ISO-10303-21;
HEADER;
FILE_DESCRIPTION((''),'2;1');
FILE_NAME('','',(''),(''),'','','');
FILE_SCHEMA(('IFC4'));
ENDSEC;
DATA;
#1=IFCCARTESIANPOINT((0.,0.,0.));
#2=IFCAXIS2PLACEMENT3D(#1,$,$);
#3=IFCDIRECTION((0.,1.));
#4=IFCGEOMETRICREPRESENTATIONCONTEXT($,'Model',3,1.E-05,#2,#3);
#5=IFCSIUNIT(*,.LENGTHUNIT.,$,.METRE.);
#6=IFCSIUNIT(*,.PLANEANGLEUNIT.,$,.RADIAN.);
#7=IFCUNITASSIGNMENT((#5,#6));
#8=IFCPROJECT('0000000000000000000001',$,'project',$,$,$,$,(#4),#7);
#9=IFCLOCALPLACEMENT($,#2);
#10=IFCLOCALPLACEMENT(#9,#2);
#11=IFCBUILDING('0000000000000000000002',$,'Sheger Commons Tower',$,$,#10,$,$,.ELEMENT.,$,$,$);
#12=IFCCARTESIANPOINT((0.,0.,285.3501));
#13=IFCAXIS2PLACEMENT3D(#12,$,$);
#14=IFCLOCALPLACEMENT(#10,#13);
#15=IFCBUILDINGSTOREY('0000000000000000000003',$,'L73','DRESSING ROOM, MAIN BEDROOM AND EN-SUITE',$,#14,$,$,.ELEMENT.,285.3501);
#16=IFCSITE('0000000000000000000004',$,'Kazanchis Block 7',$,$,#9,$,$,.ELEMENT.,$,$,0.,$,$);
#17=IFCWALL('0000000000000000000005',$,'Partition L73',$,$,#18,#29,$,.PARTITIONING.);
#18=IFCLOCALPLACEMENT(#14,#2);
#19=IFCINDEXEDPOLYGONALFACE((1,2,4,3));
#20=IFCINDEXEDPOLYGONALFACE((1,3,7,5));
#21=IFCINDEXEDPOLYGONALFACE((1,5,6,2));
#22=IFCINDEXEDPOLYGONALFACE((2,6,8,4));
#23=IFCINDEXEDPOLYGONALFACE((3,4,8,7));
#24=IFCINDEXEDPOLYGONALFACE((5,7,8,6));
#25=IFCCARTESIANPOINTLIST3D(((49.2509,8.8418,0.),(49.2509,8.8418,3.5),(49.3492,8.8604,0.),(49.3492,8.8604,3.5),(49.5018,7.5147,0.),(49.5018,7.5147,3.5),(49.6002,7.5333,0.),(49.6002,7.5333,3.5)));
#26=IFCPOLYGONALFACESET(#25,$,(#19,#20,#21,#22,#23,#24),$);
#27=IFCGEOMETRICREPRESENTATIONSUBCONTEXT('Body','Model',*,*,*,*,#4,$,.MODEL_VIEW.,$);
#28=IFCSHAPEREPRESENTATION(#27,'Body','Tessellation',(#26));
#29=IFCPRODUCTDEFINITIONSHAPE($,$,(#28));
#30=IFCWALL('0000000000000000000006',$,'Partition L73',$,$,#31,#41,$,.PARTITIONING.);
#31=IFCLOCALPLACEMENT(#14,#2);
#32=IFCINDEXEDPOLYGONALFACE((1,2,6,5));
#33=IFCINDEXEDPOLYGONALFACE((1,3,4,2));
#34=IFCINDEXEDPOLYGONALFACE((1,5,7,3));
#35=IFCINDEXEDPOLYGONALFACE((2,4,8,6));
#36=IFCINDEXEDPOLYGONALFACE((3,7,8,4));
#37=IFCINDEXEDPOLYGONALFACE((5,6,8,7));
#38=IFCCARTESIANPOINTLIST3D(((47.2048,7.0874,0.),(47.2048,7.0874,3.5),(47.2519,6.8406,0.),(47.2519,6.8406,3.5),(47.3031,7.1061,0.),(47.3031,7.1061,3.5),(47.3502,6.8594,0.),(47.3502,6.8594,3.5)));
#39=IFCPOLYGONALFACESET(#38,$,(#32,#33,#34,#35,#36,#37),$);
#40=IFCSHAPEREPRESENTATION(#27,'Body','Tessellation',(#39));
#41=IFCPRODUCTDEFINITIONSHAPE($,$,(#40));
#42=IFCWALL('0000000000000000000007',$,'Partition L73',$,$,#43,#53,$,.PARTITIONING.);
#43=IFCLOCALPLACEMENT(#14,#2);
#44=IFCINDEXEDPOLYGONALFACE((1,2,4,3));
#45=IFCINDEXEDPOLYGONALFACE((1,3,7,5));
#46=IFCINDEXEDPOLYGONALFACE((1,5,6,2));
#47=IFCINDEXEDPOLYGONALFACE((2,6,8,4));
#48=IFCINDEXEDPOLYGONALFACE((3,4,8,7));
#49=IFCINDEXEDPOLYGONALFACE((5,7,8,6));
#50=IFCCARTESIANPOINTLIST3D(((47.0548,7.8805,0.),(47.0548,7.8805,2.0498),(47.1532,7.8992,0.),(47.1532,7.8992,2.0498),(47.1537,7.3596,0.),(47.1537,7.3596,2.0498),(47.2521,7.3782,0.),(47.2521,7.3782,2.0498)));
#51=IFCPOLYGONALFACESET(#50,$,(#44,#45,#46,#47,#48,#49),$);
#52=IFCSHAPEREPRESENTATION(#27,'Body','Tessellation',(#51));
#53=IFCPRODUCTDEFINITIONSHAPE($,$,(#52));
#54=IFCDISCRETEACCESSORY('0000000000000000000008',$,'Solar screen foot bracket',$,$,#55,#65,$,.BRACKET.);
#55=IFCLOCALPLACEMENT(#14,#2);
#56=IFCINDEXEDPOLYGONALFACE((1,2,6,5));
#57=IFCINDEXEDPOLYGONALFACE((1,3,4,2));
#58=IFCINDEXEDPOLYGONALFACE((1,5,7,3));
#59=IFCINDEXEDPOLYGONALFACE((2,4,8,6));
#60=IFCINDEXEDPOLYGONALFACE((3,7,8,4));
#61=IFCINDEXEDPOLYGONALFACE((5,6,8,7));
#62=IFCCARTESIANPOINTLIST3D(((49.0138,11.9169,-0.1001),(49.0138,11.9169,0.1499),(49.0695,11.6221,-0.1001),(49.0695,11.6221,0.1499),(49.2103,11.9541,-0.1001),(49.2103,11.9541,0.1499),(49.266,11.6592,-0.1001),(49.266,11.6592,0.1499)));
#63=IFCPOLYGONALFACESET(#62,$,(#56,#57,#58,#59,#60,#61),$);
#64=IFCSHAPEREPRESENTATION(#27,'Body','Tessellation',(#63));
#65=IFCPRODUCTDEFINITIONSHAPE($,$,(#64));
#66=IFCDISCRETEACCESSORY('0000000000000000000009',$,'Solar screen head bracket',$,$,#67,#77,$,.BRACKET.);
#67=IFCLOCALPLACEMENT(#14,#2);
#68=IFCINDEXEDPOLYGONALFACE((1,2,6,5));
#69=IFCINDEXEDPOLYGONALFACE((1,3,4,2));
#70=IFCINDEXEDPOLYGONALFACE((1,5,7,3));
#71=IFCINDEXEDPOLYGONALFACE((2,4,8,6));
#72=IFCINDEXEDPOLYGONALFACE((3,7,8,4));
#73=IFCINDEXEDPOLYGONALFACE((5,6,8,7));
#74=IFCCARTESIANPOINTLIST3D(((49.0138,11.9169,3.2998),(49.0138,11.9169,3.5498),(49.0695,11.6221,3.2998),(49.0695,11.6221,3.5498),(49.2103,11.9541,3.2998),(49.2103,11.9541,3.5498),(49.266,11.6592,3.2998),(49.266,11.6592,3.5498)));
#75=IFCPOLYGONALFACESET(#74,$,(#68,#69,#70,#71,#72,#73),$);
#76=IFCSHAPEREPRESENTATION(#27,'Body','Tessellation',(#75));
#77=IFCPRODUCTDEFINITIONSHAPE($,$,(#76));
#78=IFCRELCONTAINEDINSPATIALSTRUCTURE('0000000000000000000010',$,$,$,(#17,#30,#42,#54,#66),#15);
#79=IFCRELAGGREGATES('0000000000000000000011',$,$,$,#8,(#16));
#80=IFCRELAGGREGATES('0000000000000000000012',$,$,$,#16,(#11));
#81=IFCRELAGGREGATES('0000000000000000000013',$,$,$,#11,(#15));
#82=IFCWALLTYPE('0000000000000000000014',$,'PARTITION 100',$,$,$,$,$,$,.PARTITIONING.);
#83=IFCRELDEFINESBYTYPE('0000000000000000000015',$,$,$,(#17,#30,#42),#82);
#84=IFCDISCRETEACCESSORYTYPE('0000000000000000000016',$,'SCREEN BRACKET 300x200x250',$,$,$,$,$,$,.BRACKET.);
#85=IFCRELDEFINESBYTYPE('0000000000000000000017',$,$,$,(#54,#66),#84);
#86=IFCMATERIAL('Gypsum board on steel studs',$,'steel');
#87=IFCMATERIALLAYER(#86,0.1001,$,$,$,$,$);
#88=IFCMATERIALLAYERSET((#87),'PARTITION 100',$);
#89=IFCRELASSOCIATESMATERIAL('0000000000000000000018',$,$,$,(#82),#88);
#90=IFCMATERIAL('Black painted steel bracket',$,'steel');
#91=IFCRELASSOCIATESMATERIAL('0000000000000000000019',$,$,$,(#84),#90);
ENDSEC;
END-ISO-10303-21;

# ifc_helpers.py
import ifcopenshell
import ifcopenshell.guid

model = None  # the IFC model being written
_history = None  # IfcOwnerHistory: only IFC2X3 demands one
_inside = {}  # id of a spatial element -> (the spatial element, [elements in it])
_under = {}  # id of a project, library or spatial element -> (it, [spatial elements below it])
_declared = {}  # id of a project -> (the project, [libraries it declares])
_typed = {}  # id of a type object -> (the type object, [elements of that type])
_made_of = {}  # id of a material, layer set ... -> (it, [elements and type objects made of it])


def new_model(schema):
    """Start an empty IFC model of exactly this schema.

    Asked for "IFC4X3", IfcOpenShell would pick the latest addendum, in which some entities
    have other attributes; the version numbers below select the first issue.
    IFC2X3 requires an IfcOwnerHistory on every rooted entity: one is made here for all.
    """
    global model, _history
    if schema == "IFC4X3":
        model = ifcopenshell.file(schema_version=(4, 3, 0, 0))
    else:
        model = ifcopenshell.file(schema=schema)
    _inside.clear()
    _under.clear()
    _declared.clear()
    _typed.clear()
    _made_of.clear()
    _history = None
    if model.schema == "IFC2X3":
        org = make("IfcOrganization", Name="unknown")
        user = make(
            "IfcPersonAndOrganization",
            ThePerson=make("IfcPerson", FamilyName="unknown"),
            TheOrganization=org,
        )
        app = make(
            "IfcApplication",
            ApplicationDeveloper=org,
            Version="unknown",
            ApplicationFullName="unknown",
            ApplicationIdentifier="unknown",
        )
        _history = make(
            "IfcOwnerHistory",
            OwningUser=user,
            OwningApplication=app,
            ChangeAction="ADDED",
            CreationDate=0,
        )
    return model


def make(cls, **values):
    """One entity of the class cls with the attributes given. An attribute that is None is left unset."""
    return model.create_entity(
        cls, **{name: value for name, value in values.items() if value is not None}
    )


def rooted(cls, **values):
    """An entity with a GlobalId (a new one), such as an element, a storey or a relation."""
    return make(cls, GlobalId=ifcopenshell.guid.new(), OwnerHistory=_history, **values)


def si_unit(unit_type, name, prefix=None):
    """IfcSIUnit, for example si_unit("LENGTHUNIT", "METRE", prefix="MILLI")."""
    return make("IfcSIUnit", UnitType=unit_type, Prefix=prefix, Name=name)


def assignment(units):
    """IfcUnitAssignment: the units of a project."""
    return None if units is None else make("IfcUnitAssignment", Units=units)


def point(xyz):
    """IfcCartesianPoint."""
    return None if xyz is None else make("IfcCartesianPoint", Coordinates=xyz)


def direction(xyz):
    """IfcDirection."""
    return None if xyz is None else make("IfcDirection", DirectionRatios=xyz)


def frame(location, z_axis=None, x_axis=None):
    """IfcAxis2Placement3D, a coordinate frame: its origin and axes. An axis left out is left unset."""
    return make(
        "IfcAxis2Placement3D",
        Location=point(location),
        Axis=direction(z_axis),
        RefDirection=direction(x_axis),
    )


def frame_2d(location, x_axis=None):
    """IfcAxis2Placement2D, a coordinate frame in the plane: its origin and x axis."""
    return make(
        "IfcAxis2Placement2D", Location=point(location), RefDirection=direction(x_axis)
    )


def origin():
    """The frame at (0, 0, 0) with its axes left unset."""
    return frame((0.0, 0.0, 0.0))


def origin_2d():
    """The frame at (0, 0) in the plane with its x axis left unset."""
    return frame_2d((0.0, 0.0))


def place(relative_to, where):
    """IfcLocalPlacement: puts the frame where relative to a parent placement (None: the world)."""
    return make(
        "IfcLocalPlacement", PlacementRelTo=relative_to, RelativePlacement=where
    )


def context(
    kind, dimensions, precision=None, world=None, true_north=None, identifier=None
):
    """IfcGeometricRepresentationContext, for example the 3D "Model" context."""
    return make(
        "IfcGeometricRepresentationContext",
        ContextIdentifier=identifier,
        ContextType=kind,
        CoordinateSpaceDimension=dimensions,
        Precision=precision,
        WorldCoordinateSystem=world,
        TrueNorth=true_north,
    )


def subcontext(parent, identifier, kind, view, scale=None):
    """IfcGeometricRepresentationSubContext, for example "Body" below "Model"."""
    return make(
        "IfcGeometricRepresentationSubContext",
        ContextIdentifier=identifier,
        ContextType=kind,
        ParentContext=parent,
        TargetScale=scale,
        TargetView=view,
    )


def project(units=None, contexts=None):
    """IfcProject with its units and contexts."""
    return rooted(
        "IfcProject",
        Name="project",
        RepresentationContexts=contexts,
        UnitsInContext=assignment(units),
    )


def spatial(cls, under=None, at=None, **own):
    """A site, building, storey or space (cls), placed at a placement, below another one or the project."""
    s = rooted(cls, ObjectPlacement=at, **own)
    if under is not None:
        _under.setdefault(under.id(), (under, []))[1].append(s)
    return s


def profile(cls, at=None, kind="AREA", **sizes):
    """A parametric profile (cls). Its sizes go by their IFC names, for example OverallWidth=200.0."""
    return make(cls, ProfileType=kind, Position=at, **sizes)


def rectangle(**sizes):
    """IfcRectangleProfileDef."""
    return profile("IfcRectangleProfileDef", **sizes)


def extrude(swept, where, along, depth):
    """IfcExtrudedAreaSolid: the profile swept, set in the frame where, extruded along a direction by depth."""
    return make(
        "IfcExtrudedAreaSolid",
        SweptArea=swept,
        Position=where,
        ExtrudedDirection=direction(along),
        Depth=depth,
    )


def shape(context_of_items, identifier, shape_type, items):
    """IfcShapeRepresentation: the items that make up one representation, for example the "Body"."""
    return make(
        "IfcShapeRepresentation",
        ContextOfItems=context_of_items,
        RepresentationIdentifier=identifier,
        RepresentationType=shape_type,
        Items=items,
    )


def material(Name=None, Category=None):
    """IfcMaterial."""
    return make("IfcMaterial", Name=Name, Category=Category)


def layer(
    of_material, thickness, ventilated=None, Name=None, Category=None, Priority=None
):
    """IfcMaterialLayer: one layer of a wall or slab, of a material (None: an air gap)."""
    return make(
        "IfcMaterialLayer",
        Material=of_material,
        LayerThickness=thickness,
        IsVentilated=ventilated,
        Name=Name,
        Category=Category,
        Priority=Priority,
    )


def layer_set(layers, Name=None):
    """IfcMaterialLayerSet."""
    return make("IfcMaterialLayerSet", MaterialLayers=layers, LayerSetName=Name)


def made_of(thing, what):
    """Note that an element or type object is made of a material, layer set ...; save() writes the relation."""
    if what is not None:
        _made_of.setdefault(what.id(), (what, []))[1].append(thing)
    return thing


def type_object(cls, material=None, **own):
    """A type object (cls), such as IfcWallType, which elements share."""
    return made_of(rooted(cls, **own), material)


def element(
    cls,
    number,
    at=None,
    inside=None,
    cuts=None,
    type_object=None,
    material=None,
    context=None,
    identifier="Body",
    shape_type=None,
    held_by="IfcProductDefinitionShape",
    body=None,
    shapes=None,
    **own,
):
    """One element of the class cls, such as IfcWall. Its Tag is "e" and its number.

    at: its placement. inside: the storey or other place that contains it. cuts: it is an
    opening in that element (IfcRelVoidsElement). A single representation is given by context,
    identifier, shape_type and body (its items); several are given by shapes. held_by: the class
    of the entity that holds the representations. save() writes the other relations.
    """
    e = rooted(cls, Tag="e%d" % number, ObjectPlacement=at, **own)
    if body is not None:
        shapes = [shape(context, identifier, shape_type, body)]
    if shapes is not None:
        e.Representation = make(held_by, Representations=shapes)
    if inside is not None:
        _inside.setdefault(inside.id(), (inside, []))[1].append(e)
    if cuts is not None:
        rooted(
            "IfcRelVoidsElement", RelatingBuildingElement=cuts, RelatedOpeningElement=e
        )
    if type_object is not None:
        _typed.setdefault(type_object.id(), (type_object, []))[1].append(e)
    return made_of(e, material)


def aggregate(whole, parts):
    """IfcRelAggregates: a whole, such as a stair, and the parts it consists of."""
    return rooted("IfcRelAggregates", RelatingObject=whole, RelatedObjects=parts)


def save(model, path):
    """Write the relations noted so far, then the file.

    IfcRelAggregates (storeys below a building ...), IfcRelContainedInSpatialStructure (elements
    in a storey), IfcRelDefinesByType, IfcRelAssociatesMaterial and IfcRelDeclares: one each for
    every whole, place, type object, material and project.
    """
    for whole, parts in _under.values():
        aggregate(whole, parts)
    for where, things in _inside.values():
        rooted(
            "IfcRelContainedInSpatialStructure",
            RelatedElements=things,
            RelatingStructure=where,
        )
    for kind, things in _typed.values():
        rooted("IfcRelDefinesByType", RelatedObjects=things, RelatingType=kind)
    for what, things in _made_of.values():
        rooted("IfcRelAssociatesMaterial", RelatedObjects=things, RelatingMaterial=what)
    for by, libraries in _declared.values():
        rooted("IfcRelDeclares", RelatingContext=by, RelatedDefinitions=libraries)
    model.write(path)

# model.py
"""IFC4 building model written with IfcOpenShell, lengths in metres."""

from ifc_helpers import new_model, si_unit, direction, frame, frame_2d, origin, origin_2d, place, context, subcontext, project, spatial, rectangle, extrude, material, layer, layer_set, type_object, element, save


model = new_model("IFC4")

# Units and contexts
model_context = context("Model", 3, precision=1e-05, world=origin(), true_north=direction((0.0, 1.0)))
body_context = subcontext(model_context, "Body", "Model", "MODEL_VIEW")
ifc_project = project(units=[si_unit("LENGTHUNIT", "METRE"), si_unit("PLANEANGLEUNIT", "RADIAN")], contexts=[model_context])

# Site, building, storey
site_placement = place(None, origin())
site = spatial("IfcSite", under=ifc_project, at=site_placement, Name="Kazanchis Block 7", CompositionType="ELEMENT", RefElevation=0.0)
building_placement = place(site_placement, origin())
building = spatial("IfcBuilding", under=site, at=building_placement, Name="Sheger Commons Tower", CompositionType="ELEMENT")
storey_placement = place(building_placement, frame((0.0, 0.0, 285.3501)))
storey = spatial("IfcBuildingStorey", under=building, at=storey_placement, Name="L73", Description="DRESSING ROOM, MAIN BEDROOM AND EN-SUITE", CompositionType="ELEMENT", Elevation=285.3501)

# Walls
ifc_material_1 = material(Name="Gypsum board on steel studs", Category="steel")
ifc_layer_1 = layer(ifc_material_1, 0.1001)
ifc_layer_set_1 = layer_set([ifc_layer_1], Name="PARTITION 100")
wall_type_1 = type_object("IfcWallType", Name="PARTITION 100", PredefinedType="PARTITIONING", material=ifc_layer_set_1)
wall_1_placement = place(storey_placement, frame((49.3, 8.8511, 0.0), z_axis=(0.0, 0.0, 1.0), x_axis=(0.185816, -0.982585, 0.0)))
element("IfcWall", 1, at=wall_1_placement, inside=storey, type_object=wall_type_1, Name="Partition L73", PredefinedType="PARTITIONING", context=body_context, shape_type="SweptSolid", body=[
    extrude(rectangle(XDim=1.3506, YDim=0.1001, at=frame_2d((0.6753, 0.0))), origin(), (0.0, 0.0, 1.0), 3.5),
])
wall_2_placement = place(storey_placement, frame((47.301, 6.8501, 0.0), z_axis=(0.0, 0.0, 1.0), x_axis=(-0.187514, 0.982262, 0.0)))
element("IfcWall", 2, at=wall_2_placement, inside=storey, type_object=wall_type_1, Name="Partition L73", PredefinedType="PARTITIONING", context=body_context, shape_type="SweptSolid", body=[
    extrude(rectangle(XDim=0.2512, YDim=0.1001, at=frame_2d((0.1255, 0.0))), origin(), (0.0, 0.0, 1.0), 3.5),
])
wall_3_placement = place(storey_placement, frame((47.2029, 7.3689, 0.0), z_axis=(0.0, 0.0, 1.0), x_axis=(-0.186456, 0.982463, 0.0)))
element("IfcWall", 3, at=wall_3_placement, inside=storey, type_object=wall_type_1, Name="Partition L73", PredefinedType="PARTITIONING", context=body_context, shape_type="SweptSolid", body=[
    extrude(rectangle(XDim=0.5303, YDim=0.1001, at=frame_2d((0.2651, 0.0))), origin(), (0.0, 0.0, 1.0), 2.0498),
])

# Discrete accessories
ifc_material_2 = material(Name="Black painted steel bracket", Category="steel")
discrete_accessory_type = type_object("IfcDiscreteAccessoryType", Name="SCREEN BRACKET 300x200x250", PredefinedType="BRACKET", material=ifc_material_2)
for number, where, z_axis, x_axis, name in (
    (4, (49.1399, 11.7881, -0.1001), (0.0, 0.0, 1.0), (-0.185615, 0.982623, 0.0), "Solar screen foot bracket"),
    (5, (49.1399, 11.7881, 3.2998), (0.0, 0.0, 1.0), (-0.185615, 0.982623, 0.0), "Solar screen head bracket"),
):
    element("IfcDiscreteAccessory", number, at=place(storey_placement, frame(where, z_axis=z_axis, x_axis=x_axis)), inside=storey, type_object=discrete_accessory_type, Name=name, PredefinedType="BRACKET", context=body_context, shape_type="SweptSolid", body=[
        extrude(rectangle(XDim=0.3, YDim=0.2, at=origin_2d()), origin(), (0.0, 0.0, 1.0), 0.25),
    ])

save(model, "model.ifc")
